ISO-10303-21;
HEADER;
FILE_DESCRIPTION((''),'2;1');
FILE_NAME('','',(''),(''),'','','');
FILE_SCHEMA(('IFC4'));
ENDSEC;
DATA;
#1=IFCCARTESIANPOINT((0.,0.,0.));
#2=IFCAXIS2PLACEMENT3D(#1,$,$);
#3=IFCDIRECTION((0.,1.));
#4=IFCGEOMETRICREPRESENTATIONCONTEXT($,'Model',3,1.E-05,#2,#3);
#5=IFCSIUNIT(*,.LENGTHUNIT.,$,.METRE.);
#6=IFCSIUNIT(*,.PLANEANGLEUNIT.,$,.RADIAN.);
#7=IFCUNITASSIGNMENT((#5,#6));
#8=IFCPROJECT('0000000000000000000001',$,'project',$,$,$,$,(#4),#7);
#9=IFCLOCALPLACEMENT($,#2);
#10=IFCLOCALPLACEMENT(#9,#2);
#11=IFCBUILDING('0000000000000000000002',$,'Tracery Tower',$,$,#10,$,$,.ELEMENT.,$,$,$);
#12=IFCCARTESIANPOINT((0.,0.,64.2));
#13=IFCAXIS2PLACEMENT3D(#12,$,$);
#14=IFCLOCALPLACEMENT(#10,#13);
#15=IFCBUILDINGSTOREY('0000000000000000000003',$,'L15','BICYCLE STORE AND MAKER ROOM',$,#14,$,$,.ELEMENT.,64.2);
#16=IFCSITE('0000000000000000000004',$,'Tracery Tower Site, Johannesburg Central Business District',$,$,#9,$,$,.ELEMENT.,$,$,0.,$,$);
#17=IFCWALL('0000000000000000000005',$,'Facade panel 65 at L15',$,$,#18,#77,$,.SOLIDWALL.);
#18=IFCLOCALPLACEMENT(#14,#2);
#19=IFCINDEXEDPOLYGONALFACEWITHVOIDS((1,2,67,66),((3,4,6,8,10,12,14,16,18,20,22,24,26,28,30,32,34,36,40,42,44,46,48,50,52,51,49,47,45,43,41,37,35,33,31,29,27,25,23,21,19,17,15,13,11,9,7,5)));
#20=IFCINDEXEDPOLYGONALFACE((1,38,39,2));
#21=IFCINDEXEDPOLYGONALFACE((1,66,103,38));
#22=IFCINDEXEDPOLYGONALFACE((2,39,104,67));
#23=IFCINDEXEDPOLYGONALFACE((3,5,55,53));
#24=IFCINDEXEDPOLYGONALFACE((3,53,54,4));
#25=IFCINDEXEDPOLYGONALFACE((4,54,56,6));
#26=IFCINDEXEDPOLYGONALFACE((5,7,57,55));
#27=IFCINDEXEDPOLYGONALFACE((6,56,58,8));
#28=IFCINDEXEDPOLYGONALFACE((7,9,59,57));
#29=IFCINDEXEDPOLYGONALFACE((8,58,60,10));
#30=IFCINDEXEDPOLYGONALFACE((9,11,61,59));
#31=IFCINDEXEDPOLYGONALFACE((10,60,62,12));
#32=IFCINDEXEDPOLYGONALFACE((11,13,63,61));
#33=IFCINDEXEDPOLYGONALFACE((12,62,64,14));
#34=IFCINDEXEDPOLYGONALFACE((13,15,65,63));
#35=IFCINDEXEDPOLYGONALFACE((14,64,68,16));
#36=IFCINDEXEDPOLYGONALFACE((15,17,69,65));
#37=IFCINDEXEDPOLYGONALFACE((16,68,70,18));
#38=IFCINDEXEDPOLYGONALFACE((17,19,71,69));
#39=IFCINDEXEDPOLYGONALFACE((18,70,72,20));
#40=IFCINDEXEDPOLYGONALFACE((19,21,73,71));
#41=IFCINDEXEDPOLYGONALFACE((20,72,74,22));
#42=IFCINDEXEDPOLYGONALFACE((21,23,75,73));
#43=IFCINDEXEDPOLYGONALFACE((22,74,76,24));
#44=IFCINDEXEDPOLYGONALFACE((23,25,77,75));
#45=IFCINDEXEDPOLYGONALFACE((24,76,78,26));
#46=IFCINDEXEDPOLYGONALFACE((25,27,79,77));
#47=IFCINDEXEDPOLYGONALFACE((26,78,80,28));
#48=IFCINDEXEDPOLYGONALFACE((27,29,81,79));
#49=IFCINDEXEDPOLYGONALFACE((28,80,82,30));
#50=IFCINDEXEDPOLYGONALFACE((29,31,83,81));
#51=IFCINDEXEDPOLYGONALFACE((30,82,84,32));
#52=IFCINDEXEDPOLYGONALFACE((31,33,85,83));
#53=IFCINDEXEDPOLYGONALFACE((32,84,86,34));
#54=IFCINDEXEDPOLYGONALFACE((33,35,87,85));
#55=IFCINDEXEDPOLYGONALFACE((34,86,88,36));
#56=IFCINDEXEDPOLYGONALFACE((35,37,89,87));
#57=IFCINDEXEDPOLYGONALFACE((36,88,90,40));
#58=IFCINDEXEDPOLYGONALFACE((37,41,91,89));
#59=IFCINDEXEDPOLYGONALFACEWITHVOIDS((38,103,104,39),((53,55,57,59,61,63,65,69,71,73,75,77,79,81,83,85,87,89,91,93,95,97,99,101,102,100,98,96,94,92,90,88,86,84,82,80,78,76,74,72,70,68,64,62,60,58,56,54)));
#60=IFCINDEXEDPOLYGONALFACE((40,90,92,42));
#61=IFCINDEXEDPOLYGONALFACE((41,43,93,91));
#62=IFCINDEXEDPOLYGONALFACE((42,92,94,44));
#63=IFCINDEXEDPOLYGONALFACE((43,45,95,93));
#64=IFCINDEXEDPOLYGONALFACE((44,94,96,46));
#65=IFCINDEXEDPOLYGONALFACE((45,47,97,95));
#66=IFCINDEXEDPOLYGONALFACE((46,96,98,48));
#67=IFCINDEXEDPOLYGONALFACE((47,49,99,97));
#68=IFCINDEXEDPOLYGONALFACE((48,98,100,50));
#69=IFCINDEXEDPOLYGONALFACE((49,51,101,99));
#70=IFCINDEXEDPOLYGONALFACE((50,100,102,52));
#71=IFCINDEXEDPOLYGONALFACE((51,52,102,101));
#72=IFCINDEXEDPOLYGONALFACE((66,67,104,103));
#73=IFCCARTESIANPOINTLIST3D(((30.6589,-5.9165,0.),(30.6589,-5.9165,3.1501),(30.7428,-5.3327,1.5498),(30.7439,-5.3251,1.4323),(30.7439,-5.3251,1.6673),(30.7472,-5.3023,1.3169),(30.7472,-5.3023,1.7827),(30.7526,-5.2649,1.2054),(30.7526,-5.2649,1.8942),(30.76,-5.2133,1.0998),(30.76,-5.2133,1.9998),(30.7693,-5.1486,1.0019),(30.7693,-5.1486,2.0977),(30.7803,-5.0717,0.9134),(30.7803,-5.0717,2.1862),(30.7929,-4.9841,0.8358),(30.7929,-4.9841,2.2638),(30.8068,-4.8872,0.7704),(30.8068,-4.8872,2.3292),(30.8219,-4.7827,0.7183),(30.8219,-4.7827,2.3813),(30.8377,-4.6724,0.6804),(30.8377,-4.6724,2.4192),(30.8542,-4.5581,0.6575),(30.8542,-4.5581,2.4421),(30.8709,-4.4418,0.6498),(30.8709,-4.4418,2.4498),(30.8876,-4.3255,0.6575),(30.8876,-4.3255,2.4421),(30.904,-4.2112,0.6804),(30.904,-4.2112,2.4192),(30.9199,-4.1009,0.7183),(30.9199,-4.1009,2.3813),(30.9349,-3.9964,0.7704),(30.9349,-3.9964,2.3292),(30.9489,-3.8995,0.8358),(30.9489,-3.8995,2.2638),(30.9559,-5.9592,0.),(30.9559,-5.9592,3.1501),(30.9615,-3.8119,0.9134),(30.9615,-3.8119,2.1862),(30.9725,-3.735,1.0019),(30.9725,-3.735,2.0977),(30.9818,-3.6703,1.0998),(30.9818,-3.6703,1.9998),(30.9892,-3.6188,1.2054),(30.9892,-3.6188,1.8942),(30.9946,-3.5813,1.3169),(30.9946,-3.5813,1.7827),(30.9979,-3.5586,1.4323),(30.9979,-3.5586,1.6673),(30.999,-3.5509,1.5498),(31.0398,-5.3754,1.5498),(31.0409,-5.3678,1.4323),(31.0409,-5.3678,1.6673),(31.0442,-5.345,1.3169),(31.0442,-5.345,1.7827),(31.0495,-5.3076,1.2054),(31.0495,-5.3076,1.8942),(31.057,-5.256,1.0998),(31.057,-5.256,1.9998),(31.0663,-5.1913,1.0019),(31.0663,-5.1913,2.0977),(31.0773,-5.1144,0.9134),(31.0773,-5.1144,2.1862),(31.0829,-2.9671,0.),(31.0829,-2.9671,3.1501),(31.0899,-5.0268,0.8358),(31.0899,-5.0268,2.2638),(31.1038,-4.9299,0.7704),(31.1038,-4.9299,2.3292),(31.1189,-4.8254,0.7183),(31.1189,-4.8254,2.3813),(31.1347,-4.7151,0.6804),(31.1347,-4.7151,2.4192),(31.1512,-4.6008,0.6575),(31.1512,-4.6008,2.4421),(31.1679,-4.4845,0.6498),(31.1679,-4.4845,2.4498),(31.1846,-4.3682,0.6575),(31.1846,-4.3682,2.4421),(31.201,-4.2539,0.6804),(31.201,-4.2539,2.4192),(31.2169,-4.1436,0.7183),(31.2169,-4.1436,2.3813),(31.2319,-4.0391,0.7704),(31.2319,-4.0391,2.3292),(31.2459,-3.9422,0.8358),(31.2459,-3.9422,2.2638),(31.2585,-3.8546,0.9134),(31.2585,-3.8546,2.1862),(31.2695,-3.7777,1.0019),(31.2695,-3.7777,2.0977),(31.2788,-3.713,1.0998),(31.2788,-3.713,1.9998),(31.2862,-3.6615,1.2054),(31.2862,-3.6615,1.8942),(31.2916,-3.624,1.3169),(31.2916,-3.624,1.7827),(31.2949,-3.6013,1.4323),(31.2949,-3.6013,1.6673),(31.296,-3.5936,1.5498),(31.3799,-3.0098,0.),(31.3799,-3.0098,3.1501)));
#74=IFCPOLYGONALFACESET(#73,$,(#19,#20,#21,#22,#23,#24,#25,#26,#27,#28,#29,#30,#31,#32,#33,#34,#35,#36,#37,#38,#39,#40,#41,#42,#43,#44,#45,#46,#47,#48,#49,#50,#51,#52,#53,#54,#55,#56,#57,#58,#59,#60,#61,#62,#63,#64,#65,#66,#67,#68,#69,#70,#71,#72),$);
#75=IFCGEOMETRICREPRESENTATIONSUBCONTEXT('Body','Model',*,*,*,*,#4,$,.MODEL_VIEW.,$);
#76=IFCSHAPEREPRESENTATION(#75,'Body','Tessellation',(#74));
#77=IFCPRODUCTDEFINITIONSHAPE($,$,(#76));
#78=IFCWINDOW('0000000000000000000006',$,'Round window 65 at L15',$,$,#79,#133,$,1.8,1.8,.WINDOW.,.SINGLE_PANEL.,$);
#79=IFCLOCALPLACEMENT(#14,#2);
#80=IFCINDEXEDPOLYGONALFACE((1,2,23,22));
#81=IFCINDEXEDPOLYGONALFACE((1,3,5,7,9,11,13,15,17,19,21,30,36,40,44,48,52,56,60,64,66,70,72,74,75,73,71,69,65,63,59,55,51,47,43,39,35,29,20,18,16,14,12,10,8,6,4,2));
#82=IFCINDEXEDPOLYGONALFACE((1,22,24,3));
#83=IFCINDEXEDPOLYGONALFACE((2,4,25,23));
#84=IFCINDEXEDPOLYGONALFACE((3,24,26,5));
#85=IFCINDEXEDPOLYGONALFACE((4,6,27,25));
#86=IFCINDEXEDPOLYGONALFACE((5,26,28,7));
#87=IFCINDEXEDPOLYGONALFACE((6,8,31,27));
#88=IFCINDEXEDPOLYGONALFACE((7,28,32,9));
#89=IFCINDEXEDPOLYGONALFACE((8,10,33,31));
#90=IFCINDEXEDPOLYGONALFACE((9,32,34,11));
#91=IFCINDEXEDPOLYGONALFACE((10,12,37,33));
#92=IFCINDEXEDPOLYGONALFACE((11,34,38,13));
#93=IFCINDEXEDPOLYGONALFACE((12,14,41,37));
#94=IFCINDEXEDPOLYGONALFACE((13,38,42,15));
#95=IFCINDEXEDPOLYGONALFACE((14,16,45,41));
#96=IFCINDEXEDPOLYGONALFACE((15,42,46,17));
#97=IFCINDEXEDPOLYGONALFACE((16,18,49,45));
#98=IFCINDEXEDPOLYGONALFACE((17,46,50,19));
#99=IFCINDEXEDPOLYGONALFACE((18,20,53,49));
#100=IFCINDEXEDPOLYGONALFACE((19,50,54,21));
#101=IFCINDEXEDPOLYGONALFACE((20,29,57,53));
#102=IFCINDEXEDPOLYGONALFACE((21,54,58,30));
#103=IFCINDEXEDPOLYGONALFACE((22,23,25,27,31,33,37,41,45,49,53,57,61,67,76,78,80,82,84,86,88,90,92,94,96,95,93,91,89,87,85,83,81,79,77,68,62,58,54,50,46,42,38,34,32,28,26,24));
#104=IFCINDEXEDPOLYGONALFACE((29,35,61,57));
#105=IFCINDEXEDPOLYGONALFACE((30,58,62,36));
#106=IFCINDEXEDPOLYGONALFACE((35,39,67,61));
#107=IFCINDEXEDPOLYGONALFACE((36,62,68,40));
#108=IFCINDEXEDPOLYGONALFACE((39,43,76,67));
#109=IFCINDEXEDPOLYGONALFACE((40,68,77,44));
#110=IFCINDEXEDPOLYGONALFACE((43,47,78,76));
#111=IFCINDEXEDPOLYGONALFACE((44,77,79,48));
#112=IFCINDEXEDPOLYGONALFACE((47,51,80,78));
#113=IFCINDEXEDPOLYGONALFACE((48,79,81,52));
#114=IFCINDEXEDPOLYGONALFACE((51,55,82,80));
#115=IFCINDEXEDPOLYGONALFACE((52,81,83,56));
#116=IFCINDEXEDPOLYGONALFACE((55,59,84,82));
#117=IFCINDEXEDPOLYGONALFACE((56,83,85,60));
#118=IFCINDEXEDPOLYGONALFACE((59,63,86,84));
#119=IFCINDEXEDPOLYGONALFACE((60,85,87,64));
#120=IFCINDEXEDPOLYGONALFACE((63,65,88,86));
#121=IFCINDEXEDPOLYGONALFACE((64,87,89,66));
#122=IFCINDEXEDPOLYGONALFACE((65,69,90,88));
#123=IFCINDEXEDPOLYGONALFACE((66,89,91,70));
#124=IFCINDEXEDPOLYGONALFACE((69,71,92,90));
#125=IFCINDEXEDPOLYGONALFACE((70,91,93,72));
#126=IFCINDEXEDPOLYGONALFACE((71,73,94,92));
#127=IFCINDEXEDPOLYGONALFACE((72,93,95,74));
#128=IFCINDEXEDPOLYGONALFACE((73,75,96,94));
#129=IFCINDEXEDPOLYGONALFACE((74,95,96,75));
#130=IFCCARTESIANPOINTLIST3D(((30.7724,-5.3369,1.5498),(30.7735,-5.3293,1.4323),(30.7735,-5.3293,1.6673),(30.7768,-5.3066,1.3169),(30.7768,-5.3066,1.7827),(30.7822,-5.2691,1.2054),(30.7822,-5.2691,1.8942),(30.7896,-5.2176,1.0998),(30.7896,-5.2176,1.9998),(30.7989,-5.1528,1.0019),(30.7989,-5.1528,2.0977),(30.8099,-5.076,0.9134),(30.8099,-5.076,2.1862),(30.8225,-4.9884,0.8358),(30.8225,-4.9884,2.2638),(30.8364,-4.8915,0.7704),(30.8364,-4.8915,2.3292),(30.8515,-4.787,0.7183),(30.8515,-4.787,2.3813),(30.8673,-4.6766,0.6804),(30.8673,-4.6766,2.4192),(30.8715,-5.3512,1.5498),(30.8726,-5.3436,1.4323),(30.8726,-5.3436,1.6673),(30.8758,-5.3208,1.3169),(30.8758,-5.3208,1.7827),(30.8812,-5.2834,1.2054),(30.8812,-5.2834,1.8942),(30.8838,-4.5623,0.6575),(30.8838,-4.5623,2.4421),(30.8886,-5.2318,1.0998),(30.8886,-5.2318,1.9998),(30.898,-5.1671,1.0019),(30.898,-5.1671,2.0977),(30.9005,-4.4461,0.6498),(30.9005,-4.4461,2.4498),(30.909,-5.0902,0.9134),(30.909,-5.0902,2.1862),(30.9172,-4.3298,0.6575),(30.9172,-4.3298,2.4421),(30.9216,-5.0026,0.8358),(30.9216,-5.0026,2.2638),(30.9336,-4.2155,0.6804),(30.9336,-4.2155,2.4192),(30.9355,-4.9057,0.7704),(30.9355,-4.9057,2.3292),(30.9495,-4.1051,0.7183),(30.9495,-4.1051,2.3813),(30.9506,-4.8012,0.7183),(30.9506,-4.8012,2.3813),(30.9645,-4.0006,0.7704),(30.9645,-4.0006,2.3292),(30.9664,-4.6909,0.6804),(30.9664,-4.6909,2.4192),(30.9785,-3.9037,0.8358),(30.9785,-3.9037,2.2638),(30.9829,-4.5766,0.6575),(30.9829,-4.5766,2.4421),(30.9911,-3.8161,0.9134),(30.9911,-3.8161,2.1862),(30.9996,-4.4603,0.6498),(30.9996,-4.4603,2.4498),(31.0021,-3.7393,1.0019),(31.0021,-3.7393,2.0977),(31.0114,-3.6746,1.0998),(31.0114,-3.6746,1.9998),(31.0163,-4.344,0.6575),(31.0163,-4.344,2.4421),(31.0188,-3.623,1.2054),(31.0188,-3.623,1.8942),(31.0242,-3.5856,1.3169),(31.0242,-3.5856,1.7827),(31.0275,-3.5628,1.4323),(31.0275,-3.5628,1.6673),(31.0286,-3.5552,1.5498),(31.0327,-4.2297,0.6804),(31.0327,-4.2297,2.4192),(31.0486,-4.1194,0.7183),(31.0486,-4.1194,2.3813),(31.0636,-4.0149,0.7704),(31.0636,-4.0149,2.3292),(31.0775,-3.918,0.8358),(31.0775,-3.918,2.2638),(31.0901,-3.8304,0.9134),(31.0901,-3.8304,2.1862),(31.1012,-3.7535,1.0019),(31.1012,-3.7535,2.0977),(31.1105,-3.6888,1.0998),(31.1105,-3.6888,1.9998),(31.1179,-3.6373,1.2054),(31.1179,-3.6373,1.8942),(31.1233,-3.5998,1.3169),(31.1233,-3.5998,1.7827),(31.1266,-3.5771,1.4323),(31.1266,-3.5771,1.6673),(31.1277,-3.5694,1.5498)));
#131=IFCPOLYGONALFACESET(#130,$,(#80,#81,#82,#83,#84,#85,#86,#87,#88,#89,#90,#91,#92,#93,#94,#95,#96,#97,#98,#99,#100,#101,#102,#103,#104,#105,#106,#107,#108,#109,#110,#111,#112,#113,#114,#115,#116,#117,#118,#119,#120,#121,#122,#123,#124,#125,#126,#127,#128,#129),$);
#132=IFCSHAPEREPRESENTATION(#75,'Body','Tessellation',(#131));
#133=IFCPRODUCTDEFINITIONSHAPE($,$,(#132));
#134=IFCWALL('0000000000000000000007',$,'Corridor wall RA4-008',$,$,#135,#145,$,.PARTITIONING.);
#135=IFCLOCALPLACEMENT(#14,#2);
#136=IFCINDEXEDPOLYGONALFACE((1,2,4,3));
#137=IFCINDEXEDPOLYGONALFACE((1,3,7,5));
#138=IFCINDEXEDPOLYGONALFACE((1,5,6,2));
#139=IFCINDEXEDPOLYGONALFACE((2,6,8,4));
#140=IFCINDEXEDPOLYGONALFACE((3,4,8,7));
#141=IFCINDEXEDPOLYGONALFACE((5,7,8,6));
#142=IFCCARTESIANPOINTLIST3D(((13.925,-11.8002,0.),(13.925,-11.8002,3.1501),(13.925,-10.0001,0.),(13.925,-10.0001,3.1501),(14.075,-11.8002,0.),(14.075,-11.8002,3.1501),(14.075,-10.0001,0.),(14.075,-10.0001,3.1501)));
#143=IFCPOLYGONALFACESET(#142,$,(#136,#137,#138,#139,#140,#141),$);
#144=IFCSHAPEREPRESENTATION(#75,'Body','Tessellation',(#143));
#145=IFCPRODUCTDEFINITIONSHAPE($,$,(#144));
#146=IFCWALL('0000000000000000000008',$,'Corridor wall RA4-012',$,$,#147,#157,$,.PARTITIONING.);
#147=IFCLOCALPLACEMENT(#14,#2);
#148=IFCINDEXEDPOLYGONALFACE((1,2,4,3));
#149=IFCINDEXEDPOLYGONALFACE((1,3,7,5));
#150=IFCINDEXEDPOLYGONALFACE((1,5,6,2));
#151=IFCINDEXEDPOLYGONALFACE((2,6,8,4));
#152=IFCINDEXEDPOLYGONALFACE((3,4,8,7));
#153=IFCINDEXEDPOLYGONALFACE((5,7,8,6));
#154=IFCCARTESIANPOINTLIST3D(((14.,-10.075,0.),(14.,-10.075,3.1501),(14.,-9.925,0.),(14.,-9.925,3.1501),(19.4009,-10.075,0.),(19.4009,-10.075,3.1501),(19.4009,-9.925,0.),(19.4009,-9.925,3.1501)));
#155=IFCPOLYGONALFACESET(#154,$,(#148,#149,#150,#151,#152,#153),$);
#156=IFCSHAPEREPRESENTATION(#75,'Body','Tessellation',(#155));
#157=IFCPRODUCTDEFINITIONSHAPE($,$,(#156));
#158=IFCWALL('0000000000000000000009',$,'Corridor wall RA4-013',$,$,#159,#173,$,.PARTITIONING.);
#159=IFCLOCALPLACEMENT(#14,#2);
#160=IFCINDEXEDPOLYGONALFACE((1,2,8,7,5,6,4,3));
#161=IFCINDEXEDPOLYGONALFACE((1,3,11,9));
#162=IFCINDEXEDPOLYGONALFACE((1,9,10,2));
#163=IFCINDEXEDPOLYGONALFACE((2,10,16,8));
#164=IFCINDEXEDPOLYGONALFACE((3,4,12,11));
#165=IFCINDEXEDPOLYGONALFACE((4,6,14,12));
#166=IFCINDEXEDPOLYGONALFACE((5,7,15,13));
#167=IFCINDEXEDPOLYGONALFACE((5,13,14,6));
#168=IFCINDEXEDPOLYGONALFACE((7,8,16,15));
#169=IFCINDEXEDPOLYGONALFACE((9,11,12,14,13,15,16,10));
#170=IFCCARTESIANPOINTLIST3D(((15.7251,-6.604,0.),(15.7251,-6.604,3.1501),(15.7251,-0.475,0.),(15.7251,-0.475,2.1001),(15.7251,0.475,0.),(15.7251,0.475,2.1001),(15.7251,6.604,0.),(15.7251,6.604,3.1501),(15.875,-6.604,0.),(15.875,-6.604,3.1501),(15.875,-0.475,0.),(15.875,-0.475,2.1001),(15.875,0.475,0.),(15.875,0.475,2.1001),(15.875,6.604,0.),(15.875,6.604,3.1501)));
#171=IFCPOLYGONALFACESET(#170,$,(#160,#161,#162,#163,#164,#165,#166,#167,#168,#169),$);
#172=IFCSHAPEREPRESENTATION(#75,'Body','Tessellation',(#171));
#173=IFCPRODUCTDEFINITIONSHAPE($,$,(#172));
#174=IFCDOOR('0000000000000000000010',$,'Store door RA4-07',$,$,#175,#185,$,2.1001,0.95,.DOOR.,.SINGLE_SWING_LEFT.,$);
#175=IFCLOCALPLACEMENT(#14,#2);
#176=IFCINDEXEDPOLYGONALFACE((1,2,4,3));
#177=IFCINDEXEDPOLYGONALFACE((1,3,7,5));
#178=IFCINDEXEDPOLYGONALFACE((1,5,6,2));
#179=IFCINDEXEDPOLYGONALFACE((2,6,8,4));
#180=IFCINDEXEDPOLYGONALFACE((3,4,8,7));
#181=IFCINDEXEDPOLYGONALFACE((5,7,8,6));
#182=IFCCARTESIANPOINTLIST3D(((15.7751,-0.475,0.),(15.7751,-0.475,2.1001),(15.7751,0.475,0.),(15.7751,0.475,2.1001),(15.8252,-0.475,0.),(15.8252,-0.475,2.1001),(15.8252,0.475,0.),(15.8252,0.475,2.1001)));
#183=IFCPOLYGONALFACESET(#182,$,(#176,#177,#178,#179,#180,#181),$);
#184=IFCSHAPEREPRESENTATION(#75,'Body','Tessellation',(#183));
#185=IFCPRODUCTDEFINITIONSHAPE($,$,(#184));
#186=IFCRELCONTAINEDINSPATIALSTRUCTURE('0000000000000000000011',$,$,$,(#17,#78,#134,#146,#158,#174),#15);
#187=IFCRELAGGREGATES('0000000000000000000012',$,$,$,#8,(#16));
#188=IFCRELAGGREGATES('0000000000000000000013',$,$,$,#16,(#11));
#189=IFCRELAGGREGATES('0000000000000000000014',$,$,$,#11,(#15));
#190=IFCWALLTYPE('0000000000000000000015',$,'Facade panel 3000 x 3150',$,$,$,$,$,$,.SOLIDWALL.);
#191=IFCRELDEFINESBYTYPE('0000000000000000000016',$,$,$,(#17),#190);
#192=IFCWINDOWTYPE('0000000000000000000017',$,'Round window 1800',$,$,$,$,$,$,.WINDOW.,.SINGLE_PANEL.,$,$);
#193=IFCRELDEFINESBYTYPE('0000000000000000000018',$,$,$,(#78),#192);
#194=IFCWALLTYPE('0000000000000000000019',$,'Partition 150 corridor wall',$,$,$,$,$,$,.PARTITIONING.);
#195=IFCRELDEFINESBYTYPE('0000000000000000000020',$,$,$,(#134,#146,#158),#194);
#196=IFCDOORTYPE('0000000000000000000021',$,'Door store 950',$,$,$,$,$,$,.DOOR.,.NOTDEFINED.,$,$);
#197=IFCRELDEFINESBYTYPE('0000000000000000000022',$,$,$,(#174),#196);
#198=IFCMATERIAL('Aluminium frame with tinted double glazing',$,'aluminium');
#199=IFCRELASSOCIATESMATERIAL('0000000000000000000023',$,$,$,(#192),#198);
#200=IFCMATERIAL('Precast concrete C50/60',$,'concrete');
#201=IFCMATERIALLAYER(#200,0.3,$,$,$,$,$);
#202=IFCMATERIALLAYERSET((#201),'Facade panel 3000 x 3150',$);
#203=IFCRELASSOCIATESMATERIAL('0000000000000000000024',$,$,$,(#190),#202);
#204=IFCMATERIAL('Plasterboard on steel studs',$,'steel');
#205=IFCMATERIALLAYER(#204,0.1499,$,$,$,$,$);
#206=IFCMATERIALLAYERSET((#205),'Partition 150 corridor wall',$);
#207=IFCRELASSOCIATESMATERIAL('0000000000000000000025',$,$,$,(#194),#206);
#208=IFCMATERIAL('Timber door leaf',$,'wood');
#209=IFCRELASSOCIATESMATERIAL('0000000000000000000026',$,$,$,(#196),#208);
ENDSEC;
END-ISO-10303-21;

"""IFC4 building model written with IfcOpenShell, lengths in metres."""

from ifc_helpers import new_model, si_unit, direction, frame, frame_2d, origin, origin_2d, place, context, subcontext, project, spatial, rectangle, circle, extrude, material, layer, layer_set, type_object, element, fill, save


model = new_model("IFC4")

# Units and contexts
model_context = context("Model", 3, precision=1e-05, world=origin(), true_north=direction((0.0, 1.0)))
body_context = subcontext(model_context, "Body", "Model", "MODEL_VIEW")
ifc_project = project(units=[si_unit("LENGTHUNIT", "METRE"), si_unit("PLANEANGLEUNIT", "RADIAN")], contexts=[model_context])

# Site, building, storey
site_placement = place(None, origin())
site = spatial("IfcSite", under=ifc_project, at=site_placement, Name="Tracery Tower Site, Johannesburg Central Business District", CompositionType="ELEMENT", RefElevation=0.0)
building_placement = place(site_placement, origin())
building = spatial("IfcBuilding", under=site, at=building_placement, Name="Tracery Tower", CompositionType="ELEMENT")
storey_placement = place(building_placement, frame((0.0, 0.0, 64.2)))
storey = spatial("IfcBuildingStorey", under=building, at=storey_placement, Name="L15", Description="BICYCLE STORE AND MAKER ROOM", CompositionType="ELEMENT", Elevation=64.2)

# Wall, opening, window
ifc_material_1 = material(Name="Aluminium frame with tinted double glazing", Category="aluminium")
window_type = type_object("IfcWindowType", Name="Round window 1800", PartitioningType="SINGLE_PANEL", PredefinedType="WINDOW", material=ifc_material_1)
ifc_material_2 = material(Name="Precast concrete C50/60", Category="concrete")
ifc_layer_1 = layer(ifc_material_2, 0.3)
ifc_layer_set_1 = layer_set([ifc_layer_1], Name="Facade panel 3000 x 3150")
wall_type_1 = type_object("IfcWallType", Name="Facade panel 3000 x 3150", PredefinedType="SOLIDWALL", material=ifc_layer_set_1)
wall_1_placement = place(storey_placement, frame((30.8074, -5.9377, 0.0), z_axis=(0.0, 0.0, 1.0), x_axis=(0.142316, 0.989821, 0.0)))
wall_1 = element("IfcWall", 1, at=wall_1_placement, inside=storey, type_object=wall_type_1, Name="Facade panel 65 at L15", PredefinedType="SOLIDWALL", context=body_context, shape_type="SweptSolid", body=[
    extrude(rectangle(XDim=2.9797, YDim=0.3, at=frame_2d((1.4897, 0.0))), origin(), (0.0, 0.0, 1.0), 3.1501),
])
opening_1_placement = place(wall_1_placement, frame((1.4897, 0.0, 1.5498)))
opening_1 = element("IfcOpeningElement", 2, at=opening_1_placement, cuts=wall_1, PredefinedType="OPENING", context=body_context, shape_type="SweptSolid", body=[
    extrude(circle(Radius=0.9, at=origin_2d()), frame((0.0, 0.1599, 0.0), z_axis=(0.0, -1.0, 0.0), x_axis=(1.0, 0.0, 0.0)), (0.0, 0.0, 1.0), 0.3201),
])
window_1_placement = place(opening_1_placement, origin())
window_1 = element("IfcWindow", 3, at=window_1_placement, inside=storey, type_object=window_type, Name="Round window 65 at L15", OverallHeight=1.8, OverallWidth=1.8, PartitioningType="SINGLE_PANEL", PredefinedType="WINDOW", context=body_context, shape_type="SweptSolid", body=[
    extrude(circle(Radius=0.9, at=origin_2d()), frame((0.0, 0.1201, 0.0), z_axis=(0.0, -1.0, 0.0), x_axis=(1.0, 0.0, 0.0)), (0.0, 0.0, 1.0), 0.1001),
])
fill(opening_1, window_1)

# Walls
ifc_material_3 = material(Name="Plasterboard on steel studs", Category="steel")
ifc_layer_2 = layer(ifc_material_3, 0.1499)
ifc_layer_set_2 = layer_set([ifc_layer_2], Name="Partition 150 corridor wall")
wall_type_2 = type_object("IfcWallType", Name="Partition 150 corridor wall", PredefinedType="PARTITIONING", material=ifc_layer_set_2)
wall_2_placement = place(storey_placement, frame((14.0, -11.8, 0.0), z_axis=(0.0, 0.0, 1.0), x_axis=(0.0, 1.0, 0.0)))
element("IfcWall", 4, at=wall_2_placement, inside=storey, type_object=wall_type_2, Name="Corridor wall RA4-008", PredefinedType="PARTITIONING", context=body_context, shape_type="SweptSolid", body=[
    extrude(rectangle(XDim=1.8, YDim=0.1499, at=frame_2d((0.8999, 0.0))), origin(), (0.0, 0.0, 1.0), 3.1501),
])
wall_3_placement = place(storey_placement, frame((14.0, -10.0, 0.0), z_axis=(0.0, 0.0, 1.0), x_axis=(1.0, 0.0, 0.0)))
element("IfcWall", 5, at=wall_3_placement, inside=storey, type_object=wall_type_2, Name="Corridor wall RA4-012", PredefinedType="PARTITIONING", context=body_context, shape_type="SweptSolid", body=[
    extrude(rectangle(XDim=5.4009, YDim=0.1499, at=frame_2d((2.7004, 0.0))), origin(), (0.0, 0.0, 1.0), 3.1501),
])

# Wall, opening, door
wall_4_placement = place(storey_placement, frame((15.8, -6.604, 0.0), z_axis=(0.0, 0.0, 1.0), x_axis=(0.0, 1.0, 0.0)))
wall_4 = element("IfcWall", 6, at=wall_4_placement, inside=storey, type_object=wall_type_2, Name="Corridor wall RA4-013", PredefinedType="PARTITIONING", context=body_context, shape_type="SweptSolid", body=[
    extrude(rectangle(XDim=13.208, YDim=0.1499, at=frame_2d((6.604, 0.0))), origin(), (0.0, 0.0, 1.0), 3.1501),
])
opening_2_placement = place(wall_4_placement, frame((6.1289, 0.0, 0.0)))
opening_2 = element("IfcOpeningElement", 7, at=opening_2_placement, cuts=wall_4, PredefinedType="OPENING", context=body_context, shape_type="SweptSolid", body=[
    extrude(rectangle(XDim=0.95, YDim=2.1001, at=frame_2d((0.4751, 1.05))), frame((0.0, 0.075, 0.0), z_axis=(0.0, -1.0, 0.0), x_axis=(1.0, 0.0, 0.0)), (0.0, 0.0, 1.0), 0.1499),
])
ifc_material_4 = material(Name="Timber door leaf", Category="wood")
door_type_1 = type_object("IfcDoorType", Name="Door store 950", OperationType="NOTDEFINED", PredefinedType="DOOR", material=ifc_material_4)
door_1_placement = place(opening_2_placement, origin())
door_1 = element("IfcDoor", 8, at=door_1_placement, inside=storey, type_object=door_type_1, Name="Store door RA4-07", OperationType="SINGLE_SWING_LEFT", OverallHeight=2.1001, OverallWidth=0.95, PredefinedType="DOOR", context=body_context, shape_type="SweptSolid", body=[
    extrude(rectangle(XDim=0.95, YDim=2.1001, at=frame_2d((0.4751, 1.05))), frame((0.0, 0.0249, 0.0), z_axis=(0.0, -1.0, 0.0), x_axis=(1.0, 0.0, 0.0)), (0.0, 0.0, 1.0), 0.05),
])
fill(opening_2, door_1)

save(model, "model.ifc")
